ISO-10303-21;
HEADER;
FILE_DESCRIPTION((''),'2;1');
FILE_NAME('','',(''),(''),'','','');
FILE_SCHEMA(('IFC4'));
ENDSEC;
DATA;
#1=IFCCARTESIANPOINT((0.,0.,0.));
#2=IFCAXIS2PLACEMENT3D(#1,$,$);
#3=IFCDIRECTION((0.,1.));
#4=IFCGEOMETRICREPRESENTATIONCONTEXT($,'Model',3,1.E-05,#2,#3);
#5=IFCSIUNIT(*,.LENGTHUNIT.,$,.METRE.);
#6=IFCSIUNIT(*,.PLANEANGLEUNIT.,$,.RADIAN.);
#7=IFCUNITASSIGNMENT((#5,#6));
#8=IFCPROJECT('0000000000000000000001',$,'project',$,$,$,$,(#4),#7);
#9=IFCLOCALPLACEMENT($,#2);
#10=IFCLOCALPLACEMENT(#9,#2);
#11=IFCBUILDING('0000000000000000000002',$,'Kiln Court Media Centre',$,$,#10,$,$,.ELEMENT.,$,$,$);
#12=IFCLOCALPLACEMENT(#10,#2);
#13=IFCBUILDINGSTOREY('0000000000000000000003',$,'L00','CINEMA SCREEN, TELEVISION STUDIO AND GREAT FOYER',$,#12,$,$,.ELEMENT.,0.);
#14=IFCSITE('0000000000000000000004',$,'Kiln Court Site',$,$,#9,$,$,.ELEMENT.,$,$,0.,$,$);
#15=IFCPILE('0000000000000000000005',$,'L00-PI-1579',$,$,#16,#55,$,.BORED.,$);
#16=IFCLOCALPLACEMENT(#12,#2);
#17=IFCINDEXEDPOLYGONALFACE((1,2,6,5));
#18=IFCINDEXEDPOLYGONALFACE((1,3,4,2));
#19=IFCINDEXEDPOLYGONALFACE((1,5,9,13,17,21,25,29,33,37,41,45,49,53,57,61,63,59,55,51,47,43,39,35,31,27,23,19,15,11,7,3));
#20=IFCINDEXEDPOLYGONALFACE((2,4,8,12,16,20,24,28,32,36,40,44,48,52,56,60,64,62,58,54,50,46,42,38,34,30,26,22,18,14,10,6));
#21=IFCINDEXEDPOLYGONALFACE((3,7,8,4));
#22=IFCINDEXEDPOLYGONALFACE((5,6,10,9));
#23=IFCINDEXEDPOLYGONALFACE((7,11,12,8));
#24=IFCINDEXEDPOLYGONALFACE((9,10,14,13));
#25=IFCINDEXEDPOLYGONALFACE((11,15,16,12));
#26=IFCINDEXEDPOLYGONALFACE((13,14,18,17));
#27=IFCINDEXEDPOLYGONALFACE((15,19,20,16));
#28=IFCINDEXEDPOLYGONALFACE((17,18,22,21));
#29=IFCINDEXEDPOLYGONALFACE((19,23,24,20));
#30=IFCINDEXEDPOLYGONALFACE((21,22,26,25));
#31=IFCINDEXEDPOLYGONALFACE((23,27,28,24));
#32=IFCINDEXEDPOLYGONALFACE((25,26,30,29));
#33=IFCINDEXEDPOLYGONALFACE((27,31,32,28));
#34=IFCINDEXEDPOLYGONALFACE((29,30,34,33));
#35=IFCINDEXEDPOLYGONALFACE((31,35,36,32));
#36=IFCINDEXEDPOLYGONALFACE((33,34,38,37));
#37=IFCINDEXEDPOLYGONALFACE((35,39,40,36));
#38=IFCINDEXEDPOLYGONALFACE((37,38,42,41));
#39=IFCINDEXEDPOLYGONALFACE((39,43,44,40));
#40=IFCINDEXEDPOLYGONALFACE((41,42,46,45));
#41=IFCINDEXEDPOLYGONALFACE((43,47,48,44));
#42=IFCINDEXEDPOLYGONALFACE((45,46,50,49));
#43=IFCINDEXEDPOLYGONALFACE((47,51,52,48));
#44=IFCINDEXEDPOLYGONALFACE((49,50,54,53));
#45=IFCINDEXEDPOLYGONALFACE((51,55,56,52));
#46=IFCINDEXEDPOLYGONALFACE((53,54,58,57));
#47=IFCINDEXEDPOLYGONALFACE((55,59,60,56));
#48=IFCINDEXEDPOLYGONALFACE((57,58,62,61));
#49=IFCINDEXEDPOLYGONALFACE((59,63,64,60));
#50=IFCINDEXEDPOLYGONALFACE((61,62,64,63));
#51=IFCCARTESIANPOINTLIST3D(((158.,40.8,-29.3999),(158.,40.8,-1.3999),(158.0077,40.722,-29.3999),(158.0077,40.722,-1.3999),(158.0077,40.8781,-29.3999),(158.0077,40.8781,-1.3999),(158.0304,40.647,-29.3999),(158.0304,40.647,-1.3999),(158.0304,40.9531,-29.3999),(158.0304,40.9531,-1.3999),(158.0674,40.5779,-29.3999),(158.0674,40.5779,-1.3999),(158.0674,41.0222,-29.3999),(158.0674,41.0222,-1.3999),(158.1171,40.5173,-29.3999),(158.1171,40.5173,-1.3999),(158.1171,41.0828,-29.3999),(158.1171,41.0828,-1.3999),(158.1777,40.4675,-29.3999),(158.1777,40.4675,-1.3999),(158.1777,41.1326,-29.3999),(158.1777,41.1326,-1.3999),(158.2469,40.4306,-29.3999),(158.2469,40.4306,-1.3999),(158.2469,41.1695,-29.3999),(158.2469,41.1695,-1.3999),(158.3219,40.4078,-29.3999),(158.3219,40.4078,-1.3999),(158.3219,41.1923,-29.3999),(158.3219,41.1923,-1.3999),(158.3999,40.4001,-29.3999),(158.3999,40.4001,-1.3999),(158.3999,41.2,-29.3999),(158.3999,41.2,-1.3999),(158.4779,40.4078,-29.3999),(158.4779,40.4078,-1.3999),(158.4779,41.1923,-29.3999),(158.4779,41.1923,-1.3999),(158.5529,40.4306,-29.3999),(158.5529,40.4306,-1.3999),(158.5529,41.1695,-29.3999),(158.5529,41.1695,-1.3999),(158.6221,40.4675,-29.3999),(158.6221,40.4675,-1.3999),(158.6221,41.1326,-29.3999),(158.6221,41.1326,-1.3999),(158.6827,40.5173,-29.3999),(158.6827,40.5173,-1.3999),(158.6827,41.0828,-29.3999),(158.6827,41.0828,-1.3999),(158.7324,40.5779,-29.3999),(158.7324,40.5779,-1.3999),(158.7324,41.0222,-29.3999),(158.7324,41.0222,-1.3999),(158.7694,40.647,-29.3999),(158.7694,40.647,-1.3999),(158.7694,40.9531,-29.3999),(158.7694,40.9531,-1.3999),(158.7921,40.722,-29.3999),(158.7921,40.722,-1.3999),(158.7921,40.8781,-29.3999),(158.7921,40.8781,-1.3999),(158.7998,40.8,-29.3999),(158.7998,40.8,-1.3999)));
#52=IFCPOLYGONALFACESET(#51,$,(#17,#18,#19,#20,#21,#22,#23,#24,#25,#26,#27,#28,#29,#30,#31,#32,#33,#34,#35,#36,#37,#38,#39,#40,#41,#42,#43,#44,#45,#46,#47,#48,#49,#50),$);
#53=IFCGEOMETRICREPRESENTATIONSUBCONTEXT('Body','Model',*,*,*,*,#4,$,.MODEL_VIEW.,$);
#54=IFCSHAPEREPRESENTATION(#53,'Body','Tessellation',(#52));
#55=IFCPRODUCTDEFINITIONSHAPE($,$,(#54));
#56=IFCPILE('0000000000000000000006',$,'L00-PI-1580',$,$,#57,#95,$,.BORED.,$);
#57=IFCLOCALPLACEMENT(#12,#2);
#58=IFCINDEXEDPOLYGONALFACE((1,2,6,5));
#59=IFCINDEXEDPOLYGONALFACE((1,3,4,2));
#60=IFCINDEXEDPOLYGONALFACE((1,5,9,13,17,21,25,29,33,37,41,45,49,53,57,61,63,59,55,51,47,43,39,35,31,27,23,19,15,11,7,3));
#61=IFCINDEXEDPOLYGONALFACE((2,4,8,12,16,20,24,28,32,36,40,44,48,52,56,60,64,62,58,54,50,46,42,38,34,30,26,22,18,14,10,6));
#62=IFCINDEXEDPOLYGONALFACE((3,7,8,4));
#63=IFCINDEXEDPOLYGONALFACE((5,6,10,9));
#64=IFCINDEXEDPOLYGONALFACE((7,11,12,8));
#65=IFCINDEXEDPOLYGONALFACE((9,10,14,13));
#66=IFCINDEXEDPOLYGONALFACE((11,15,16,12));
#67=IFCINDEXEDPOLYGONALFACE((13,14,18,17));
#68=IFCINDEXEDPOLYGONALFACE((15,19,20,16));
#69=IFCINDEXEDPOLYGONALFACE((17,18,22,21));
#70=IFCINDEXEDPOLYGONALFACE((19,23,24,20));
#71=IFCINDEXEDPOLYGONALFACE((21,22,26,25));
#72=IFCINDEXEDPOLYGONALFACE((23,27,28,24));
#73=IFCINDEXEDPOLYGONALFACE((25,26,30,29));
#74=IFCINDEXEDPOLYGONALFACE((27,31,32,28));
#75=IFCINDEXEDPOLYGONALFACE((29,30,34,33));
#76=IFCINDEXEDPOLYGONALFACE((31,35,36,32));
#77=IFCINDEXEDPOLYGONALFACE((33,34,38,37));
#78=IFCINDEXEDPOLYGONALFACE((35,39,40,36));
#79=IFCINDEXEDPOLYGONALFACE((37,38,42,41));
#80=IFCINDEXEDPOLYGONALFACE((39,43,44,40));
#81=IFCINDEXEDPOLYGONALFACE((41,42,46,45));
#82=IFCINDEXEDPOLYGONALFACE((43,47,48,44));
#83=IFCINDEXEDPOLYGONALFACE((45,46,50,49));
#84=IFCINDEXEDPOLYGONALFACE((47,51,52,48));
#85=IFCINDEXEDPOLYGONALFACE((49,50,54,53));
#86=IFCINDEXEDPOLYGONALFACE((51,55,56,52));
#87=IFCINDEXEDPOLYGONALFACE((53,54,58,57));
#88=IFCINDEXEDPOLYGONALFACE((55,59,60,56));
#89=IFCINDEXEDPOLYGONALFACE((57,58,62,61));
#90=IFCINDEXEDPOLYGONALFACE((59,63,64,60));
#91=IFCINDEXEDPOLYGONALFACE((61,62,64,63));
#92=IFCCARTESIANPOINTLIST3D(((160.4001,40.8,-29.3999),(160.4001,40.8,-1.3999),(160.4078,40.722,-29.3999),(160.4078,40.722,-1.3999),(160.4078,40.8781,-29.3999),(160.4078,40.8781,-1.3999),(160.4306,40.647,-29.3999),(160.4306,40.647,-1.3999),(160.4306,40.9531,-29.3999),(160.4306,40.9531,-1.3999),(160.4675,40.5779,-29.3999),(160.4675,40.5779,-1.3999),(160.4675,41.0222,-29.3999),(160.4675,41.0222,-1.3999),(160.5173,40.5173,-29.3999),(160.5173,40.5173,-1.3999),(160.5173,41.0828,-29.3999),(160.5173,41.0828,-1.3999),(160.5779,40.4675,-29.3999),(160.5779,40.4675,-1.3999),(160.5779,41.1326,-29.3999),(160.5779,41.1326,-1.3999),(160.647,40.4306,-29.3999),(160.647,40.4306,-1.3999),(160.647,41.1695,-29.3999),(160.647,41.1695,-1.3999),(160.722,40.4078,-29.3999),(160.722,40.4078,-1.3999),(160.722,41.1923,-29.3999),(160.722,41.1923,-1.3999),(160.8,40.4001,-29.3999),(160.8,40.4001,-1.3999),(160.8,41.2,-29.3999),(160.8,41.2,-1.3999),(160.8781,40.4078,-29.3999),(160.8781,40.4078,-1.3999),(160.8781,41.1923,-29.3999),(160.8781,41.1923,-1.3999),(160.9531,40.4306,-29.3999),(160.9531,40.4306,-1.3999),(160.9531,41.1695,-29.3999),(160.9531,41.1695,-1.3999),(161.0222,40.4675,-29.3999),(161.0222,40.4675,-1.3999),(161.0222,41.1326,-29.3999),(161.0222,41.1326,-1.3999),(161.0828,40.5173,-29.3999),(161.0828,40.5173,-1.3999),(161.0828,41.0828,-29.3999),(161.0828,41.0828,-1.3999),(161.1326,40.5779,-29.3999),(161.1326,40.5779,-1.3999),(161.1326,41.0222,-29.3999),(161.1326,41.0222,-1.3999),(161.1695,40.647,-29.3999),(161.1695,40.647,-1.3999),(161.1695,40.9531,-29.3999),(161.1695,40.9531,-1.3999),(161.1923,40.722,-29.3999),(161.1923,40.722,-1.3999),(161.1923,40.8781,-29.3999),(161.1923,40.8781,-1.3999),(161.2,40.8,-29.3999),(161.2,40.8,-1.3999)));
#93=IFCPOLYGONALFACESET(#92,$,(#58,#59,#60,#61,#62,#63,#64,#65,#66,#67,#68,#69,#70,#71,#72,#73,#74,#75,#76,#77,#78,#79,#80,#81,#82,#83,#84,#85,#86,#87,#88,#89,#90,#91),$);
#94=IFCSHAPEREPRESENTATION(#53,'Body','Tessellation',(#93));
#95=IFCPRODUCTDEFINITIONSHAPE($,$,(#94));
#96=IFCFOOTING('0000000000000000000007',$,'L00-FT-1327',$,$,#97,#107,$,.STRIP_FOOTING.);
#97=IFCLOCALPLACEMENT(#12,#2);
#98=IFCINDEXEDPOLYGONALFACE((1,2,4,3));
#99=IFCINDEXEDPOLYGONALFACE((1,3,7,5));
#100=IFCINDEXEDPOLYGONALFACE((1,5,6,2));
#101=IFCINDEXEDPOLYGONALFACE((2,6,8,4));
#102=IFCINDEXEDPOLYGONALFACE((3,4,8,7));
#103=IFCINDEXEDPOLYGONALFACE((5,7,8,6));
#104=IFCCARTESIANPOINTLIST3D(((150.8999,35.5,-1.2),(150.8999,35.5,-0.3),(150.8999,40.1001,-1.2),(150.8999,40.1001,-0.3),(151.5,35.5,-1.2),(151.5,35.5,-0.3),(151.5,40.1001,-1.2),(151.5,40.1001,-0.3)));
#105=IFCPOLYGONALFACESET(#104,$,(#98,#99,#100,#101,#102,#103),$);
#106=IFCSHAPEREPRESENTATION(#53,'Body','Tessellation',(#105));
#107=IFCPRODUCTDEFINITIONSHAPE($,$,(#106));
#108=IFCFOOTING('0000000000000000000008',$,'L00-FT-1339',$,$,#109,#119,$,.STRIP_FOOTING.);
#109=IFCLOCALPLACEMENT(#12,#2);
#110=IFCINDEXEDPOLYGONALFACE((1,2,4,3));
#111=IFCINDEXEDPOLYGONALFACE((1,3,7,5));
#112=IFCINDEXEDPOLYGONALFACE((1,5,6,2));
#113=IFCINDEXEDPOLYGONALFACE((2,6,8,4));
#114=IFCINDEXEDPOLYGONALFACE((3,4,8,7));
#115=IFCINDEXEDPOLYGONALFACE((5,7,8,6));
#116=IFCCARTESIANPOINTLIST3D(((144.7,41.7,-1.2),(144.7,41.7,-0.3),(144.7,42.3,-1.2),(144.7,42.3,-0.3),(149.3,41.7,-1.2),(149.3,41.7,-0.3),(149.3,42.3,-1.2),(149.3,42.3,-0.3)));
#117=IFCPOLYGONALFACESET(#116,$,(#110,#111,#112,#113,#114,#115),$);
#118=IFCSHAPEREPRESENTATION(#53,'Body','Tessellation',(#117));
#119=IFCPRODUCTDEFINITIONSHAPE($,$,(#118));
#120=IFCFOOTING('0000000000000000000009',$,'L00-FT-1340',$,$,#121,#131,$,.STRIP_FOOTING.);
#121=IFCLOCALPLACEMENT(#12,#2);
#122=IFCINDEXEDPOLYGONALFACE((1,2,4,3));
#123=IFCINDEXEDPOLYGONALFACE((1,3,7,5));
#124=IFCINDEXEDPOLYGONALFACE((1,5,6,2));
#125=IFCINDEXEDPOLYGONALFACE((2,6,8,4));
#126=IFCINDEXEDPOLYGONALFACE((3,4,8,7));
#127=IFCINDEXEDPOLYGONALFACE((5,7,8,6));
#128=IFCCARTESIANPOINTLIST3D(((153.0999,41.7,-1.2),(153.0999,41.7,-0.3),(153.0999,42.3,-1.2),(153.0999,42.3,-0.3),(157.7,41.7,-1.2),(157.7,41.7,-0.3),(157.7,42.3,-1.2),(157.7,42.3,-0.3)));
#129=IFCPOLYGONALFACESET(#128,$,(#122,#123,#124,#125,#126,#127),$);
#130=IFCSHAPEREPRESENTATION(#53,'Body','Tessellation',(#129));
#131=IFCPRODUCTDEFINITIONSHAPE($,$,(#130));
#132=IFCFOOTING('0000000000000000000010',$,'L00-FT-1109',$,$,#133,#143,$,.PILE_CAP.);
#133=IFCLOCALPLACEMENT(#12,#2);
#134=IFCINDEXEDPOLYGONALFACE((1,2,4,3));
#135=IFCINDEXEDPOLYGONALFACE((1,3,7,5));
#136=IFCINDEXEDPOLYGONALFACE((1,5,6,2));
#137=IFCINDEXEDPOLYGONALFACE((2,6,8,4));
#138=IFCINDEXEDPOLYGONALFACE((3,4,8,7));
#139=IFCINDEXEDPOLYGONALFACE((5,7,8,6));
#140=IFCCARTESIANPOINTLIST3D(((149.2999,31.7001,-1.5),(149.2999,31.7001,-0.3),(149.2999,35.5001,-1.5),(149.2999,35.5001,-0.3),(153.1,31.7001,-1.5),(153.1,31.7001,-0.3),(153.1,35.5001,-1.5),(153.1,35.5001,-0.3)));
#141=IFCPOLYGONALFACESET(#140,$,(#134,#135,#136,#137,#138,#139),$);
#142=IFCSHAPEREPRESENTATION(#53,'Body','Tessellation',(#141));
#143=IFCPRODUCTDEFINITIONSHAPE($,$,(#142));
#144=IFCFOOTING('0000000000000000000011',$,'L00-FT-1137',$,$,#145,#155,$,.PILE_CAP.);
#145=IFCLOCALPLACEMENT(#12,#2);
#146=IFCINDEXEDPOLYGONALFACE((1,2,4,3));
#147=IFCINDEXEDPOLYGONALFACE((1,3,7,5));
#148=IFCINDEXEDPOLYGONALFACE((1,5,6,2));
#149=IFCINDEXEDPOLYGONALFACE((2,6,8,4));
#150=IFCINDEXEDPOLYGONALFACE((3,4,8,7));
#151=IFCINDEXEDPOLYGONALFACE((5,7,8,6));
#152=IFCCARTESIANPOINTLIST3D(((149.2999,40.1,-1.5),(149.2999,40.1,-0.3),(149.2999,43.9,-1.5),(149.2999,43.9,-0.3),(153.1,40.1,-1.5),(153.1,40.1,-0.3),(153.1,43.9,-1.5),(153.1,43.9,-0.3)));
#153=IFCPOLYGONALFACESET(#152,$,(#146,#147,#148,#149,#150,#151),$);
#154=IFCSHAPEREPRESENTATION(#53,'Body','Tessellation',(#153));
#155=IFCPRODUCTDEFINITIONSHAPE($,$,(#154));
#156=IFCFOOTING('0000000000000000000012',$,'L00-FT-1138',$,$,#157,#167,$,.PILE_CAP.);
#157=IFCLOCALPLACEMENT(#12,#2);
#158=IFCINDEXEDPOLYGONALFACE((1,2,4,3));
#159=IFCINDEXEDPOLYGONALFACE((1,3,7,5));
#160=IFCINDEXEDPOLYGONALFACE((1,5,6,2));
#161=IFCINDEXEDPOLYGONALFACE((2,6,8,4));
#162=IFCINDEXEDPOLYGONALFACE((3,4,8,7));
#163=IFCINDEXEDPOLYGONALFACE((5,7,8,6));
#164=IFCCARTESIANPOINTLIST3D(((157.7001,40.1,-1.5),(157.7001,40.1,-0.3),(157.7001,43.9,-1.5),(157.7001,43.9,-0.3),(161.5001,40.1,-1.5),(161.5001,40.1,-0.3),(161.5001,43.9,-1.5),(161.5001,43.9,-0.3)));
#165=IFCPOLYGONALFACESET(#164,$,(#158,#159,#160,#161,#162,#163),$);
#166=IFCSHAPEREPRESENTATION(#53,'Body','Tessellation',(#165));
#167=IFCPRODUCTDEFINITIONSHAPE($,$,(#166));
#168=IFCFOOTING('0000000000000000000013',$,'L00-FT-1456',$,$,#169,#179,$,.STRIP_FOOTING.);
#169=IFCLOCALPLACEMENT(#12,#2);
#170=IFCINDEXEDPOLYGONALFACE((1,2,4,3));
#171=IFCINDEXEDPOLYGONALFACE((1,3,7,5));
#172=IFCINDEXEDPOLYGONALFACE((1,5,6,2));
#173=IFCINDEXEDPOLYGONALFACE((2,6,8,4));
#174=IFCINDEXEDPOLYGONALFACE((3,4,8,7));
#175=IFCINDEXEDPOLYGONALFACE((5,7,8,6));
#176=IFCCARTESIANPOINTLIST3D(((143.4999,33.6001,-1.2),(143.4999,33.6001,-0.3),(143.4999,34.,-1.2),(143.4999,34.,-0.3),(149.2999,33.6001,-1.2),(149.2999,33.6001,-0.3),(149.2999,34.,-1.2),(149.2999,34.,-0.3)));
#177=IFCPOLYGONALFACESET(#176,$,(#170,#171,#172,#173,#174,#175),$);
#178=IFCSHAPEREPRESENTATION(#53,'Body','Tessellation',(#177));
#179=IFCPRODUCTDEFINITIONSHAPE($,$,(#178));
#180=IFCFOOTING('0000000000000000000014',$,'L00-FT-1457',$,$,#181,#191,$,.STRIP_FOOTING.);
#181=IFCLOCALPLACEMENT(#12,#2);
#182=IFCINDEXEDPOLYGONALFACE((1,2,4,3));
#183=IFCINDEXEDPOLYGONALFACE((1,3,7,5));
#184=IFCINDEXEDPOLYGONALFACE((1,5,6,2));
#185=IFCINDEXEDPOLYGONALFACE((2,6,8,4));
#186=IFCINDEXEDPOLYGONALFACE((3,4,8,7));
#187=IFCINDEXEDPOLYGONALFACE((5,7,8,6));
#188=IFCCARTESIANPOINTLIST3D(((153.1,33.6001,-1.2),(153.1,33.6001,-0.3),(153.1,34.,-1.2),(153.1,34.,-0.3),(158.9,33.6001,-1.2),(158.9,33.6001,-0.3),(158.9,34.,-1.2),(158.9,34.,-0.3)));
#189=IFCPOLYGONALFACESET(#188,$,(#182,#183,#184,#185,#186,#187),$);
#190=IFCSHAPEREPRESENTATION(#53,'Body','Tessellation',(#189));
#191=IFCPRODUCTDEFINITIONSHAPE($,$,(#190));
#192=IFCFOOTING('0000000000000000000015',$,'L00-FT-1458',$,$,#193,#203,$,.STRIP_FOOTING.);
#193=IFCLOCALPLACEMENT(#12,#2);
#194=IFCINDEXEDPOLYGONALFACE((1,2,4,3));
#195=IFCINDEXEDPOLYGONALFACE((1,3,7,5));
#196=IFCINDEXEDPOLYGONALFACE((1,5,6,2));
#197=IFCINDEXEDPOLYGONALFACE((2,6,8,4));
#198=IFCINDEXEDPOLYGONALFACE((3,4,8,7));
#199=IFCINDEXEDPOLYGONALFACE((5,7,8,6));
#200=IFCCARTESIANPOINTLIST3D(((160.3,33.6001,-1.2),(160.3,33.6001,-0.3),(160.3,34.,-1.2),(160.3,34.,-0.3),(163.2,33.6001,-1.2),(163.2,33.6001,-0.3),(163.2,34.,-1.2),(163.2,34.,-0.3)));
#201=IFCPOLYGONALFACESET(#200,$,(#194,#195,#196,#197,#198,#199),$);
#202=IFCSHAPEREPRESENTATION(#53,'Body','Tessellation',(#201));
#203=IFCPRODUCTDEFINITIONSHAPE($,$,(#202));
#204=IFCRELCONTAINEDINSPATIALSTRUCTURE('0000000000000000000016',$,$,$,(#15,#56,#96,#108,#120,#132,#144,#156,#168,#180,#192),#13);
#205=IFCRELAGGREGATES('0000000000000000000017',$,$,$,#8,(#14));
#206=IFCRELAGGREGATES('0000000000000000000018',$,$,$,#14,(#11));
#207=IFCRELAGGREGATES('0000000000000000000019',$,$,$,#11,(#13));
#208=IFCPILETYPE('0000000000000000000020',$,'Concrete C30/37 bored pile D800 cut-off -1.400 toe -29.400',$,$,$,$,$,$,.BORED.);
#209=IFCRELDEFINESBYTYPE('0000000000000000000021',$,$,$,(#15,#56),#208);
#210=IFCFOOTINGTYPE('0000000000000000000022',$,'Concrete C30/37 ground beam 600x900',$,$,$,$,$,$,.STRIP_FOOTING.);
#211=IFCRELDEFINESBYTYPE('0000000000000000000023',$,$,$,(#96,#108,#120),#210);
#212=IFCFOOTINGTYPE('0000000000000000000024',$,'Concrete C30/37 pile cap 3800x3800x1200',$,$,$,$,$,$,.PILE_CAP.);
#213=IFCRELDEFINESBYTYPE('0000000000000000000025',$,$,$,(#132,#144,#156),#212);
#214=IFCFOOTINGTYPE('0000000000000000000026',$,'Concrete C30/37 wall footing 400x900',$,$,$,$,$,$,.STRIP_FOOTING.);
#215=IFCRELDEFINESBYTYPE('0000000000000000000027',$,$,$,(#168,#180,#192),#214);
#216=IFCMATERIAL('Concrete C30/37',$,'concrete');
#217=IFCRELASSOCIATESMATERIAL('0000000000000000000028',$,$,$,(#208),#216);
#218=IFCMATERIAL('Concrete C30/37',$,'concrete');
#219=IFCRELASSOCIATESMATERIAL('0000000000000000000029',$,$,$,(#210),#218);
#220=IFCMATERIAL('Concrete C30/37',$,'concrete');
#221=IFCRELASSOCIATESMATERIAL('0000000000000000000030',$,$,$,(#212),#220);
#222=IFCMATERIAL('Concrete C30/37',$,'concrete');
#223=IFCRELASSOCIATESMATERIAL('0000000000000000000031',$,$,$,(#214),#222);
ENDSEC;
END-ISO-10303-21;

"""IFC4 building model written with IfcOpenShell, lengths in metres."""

from ifc_helpers import new_model, si_unit, direction, frame, origin, origin_2d, place, context, subcontext, project, spatial, rectangle, circle, extrude, material, material_profile, profile_set, type_object, element, save


model = new_model("IFC4")

# Units and contexts
model_context = context("Model", 3, precision=1e-05, world=origin(), true_north=direction((0.0, 1.0)))
body_context = subcontext(model_context, "Body", "Model", "MODEL_VIEW")
ifc_project = project(units=[si_unit("LENGTHUNIT", "METRE"), si_unit("PLANEANGLEUNIT", "RADIAN")], contexts=[model_context])

# Site, building, storey
site_placement = place(None, origin())
site = spatial("IfcSite", under=ifc_project, at=site_placement, Name="Kiln Court Site", CompositionType="ELEMENT", RefElevation=0.0)
building_placement = place(site_placement, origin())
building = spatial("IfcBuilding", under=site, at=building_placement, Name="Kiln Court Media Centre", CompositionType="ELEMENT")
storey_placement = place(building_placement, origin())
storey = spatial("IfcBuildingStorey", under=building, at=storey_placement, Name="L00", Description="CINEMA SCREEN, TELEVISION STUDIO AND GREAT FOYER", CompositionType="ELEMENT", Elevation=0.0)

# Piles
ifc_material_1 = material(Name="Concrete C30/37", Category="concrete")
ifc_material_profile = material_profile(ifc_material_1, circle(Radius=0.3999, at=origin_2d()), Name="PILE D800")
ifc_profile_set = profile_set([ifc_material_profile], Name="Concrete C30/37")
pile_type = type_object("IfcPileType", Name="Concrete C30/37 bored pile D800 cut-off -1.400 toe -29.400", PredefinedType="BORED", material=ifc_profile_set)
for number, where, z_axis, x_axis, name in (
    (1, (158.3999, 40.8, -1.3999), (0.0, 0.0, -1.0), (1.0, 0.0, 0.0), "L00-PI-1579"),
    (2, (160.8, 40.8, -1.3999), (0.0, 0.0, -1.0), (1.0, 0.0, 0.0), "L00-PI-1580"),
):
    element("IfcPile", number, at=place(storey_placement, frame(where, z_axis=z_axis, x_axis=x_axis)), inside=storey, type_object=pile_type, Name=name, PredefinedType="BORED", context=body_context, shape_type="SweptSolid", body=[
        extrude(circle(Radius=0.3999, at=origin_2d()), origin(), (0.0, 0.0, 1.0), 28.0),
    ])

# Footings
ifc_material_2 = material(Name="Concrete C30/37", Category="concrete")
footing_type_1 = type_object("IfcFootingType", Name="Concrete C30/37 ground beam 600x900", PredefinedType="STRIP_FOOTING", material=ifc_material_2)
footing_1_placement = place(storey_placement, frame((151.2, 37.8, -1.2), z_axis=(0.0, 0.0, 1.0), x_axis=(1.0, 0.0, 0.0)))
element("IfcFooting", 3, at=footing_1_placement, inside=storey, type_object=footing_type_1, Name="L00-FT-1327", PredefinedType="STRIP_FOOTING", context=body_context, shape_type="SweptSolid", body=[
    extrude(rectangle(XDim=0.6001, YDim=4.6001, at=origin_2d()), origin(), (0.0, 0.0, 1.0), 0.8999),
])
for number, where, z_axis, x_axis, name in (
    (4, (147.0, 42.0, -1.2), (0.0, 0.0, 1.0), (1.0, 0.0, 0.0), "L00-FT-1339"),
    (5, (155.3999, 42.0, -1.2), (0.0, 0.0, 1.0), (1.0, 0.0, 0.0), "L00-FT-1340"),
):
    element("IfcFooting", number, at=place(storey_placement, frame(where, z_axis=z_axis, x_axis=x_axis)), inside=storey, type_object=footing_type_1, Name=name, PredefinedType="STRIP_FOOTING", context=body_context, shape_type="SweptSolid", body=[
        extrude(rectangle(XDim=4.6001, YDim=0.6001, at=origin_2d()), origin(), (0.0, 0.0, 1.0), 0.8999),
    ])
ifc_material_3 = material(Name="Concrete C30/37", Category="concrete")
footing_type_2 = type_object("IfcFootingType", Name="Concrete C30/37 pile cap 3800x3800x1200", PredefinedType="PILE_CAP", material=ifc_material_3)
for number, where, z_axis, x_axis, name in (
    (6, (151.2, 33.6001, -1.5), (0.0, 0.0, 1.0), (1.0, 0.0, 0.0), "L00-FT-1109"),
    (7, (151.2, 42.0, -1.5), (0.0, 0.0, 1.0), (1.0, 0.0, 0.0), "L00-FT-1137"),
    (8, (159.6001, 42.0, -1.5), (0.0, 0.0, 1.0), (1.0, 0.0, 0.0), "L00-FT-1138"),
):
    element("IfcFooting", number, at=place(storey_placement, frame(where, z_axis=z_axis, x_axis=x_axis)), inside=storey, type_object=footing_type_2, Name=name, PredefinedType="PILE_CAP", context=body_context, shape_type="SweptSolid", body=[
        extrude(rectangle(XDim=3.8, YDim=3.8, at=origin_2d()), origin(), (0.0, 0.0, 1.0), 1.2),
    ])
ifc_material_4 = material(Name="Concrete C30/37", Category="concrete")
footing_type_3 = type_object("IfcFootingType", Name="Concrete C30/37 wall footing 400x900", PredefinedType="STRIP_FOOTING", material=ifc_material_4)
for number, where, z_axis, x_axis, name in (
    (9, (146.3999, 33.8, -1.2), (0.0, 0.0, 1.0), (1.0, 0.0, 0.0), "L00-FT-1456"),
    (10, (156.0, 33.8, -1.2), (0.0, 0.0, 1.0), (1.0, 0.0, 0.0), "L00-FT-1457"),
):
    element("IfcFooting", number, at=place(storey_placement, frame(where, z_axis=z_axis, x_axis=x_axis)), inside=storey, type_object=footing_type_3, Name=name, PredefinedType="STRIP_FOOTING", context=body_context, shape_type="SweptSolid", body=[
        extrude(rectangle(XDim=5.8, YDim=0.3999, at=origin_2d()), origin(), (0.0, 0.0, 1.0), 0.8999),
    ])
footing_2_placement = place(storey_placement, frame((161.75, 33.8, -1.2), z_axis=(0.0, 0.0, 1.0), x_axis=(1.0, 0.0, 0.0)))
element("IfcFooting", 11, at=footing_2_placement, inside=storey, type_object=footing_type_3, Name="L00-FT-1458", PredefinedType="STRIP_FOOTING", context=body_context, shape_type="SweptSolid", body=[
    extrude(rectangle(XDim=2.8999, YDim=0.3999, at=origin_2d()), origin(), (0.0, 0.0, 1.0), 0.8999),
])

save(model, "model.ifc")
